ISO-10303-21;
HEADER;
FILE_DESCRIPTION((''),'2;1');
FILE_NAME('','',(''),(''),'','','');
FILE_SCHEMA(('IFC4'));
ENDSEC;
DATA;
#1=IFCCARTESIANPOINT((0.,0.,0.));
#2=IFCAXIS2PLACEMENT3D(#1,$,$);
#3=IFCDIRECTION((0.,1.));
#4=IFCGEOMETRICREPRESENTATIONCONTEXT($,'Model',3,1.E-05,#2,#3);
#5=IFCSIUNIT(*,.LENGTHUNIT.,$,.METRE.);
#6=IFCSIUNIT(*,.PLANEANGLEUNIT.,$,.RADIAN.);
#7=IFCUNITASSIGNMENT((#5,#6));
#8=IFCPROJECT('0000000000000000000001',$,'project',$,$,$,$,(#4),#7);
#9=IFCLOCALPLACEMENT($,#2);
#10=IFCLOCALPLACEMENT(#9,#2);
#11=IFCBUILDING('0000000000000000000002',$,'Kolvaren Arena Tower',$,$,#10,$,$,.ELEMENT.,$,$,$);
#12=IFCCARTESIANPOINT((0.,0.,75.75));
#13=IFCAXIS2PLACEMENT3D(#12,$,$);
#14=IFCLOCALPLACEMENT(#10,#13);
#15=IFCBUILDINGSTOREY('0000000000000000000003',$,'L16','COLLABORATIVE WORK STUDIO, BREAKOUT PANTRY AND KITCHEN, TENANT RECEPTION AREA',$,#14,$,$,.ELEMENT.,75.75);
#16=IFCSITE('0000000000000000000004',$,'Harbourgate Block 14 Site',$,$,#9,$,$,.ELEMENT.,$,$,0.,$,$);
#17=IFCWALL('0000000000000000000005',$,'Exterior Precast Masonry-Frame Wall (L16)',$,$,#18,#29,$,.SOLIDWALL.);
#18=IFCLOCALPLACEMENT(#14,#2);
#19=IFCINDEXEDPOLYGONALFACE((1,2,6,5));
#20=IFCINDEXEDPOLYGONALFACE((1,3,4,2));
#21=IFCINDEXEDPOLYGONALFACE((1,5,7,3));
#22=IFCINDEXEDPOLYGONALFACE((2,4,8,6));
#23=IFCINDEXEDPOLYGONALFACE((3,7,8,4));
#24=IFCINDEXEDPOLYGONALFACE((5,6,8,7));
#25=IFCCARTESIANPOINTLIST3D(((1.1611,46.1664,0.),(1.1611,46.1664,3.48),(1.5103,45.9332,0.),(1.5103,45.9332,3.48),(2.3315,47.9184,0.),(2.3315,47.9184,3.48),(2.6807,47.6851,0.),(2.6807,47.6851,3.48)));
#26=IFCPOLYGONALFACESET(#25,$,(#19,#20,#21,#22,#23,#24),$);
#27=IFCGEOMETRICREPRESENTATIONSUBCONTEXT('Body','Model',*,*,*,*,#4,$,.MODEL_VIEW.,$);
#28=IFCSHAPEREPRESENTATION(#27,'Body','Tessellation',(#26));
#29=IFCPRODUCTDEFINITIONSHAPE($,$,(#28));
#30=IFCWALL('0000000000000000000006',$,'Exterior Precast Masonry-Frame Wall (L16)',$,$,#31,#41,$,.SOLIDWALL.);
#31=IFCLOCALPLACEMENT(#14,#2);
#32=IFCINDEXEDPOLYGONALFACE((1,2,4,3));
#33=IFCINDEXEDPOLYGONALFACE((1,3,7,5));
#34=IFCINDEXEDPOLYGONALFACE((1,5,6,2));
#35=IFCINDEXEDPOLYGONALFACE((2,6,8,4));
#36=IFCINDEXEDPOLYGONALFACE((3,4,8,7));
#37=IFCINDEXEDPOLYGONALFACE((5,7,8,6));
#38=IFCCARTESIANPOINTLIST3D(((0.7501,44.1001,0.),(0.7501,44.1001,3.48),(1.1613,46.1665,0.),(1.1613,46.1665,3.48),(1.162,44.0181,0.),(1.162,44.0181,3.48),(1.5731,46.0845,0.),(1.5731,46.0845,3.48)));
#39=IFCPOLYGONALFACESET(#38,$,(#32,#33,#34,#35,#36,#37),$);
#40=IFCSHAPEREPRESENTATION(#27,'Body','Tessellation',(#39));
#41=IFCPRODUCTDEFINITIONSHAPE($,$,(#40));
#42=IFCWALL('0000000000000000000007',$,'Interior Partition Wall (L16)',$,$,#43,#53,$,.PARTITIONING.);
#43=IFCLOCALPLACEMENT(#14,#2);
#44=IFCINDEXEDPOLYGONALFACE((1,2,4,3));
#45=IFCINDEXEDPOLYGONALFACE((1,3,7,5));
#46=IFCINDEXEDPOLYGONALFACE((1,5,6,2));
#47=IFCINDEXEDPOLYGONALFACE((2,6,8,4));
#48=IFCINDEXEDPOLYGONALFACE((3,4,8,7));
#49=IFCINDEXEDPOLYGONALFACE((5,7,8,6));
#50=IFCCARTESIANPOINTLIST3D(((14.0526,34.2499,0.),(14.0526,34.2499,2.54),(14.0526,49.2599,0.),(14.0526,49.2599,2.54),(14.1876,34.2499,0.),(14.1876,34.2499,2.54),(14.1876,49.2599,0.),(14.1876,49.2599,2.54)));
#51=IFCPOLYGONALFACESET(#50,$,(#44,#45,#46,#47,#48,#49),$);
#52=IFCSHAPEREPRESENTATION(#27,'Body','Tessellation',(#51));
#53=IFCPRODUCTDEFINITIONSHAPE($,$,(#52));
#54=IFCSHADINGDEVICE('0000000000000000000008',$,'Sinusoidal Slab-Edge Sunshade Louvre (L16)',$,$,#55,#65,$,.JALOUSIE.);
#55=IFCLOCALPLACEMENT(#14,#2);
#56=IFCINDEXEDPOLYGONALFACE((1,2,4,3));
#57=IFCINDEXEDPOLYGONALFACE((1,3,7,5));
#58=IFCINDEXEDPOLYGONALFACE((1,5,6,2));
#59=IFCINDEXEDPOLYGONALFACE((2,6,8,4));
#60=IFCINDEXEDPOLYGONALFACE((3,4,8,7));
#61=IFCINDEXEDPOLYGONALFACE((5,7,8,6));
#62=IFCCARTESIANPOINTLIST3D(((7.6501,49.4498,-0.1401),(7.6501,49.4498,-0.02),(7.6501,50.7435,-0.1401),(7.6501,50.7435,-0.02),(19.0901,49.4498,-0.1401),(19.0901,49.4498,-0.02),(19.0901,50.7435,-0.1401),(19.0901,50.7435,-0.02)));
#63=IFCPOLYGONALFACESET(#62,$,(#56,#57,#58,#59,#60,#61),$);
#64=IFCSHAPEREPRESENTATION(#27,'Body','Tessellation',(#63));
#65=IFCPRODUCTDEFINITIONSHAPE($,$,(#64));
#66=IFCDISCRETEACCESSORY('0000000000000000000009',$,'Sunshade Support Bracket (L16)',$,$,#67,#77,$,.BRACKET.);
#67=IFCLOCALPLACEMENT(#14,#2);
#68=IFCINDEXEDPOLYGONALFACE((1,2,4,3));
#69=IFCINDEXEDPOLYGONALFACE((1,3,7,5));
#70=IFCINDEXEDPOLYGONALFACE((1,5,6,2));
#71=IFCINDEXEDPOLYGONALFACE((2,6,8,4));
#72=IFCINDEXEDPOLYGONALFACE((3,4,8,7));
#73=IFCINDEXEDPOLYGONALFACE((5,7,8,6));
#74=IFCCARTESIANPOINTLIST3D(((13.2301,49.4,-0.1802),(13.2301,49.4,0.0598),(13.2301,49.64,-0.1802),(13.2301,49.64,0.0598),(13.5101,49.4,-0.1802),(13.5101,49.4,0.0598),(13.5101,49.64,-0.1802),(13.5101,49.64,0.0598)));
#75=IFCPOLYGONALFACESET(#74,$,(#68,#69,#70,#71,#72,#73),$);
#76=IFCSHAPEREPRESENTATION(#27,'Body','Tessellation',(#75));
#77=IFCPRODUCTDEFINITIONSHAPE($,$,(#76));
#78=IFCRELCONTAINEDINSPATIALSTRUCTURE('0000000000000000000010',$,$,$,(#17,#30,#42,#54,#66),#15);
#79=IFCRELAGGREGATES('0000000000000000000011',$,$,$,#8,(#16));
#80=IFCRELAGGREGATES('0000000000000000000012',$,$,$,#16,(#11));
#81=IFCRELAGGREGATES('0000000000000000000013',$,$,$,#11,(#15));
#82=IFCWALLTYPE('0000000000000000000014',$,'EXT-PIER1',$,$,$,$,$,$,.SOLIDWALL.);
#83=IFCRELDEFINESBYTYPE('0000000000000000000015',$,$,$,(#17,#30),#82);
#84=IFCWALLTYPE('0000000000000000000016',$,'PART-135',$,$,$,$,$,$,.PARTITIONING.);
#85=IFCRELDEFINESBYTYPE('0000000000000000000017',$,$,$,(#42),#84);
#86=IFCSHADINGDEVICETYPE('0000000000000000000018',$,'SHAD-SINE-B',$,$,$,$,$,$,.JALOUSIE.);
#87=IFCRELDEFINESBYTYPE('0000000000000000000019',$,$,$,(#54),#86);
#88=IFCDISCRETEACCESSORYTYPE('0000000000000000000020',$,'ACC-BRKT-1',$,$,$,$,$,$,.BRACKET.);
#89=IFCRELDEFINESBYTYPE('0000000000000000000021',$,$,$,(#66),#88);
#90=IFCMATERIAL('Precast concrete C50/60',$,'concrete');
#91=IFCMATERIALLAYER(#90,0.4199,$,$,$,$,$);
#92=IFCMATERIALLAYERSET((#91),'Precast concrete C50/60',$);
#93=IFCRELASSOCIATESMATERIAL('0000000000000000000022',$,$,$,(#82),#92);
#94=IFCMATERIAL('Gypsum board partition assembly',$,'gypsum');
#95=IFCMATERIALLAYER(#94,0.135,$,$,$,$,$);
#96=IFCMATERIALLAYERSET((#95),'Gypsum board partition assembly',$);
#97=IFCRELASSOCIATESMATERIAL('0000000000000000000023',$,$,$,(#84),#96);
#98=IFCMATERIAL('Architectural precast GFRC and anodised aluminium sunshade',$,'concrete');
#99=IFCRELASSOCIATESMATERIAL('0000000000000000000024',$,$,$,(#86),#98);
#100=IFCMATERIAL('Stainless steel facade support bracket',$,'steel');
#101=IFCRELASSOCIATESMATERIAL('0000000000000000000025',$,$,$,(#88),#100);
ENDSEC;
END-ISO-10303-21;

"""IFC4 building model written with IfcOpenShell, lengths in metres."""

from ifc_helpers import new_model, si_unit, direction, frame, frame_2d, origin, origin_2d, place, context, subcontext, project, spatial, rectangle, extrude, material, layer, layer_set, type_object, element, save


model = new_model("IFC4")

# Units and contexts
model_context = context("Model", 3, precision=1e-05, world=origin(), true_north=direction((0.0, 1.0)))
body_context = subcontext(model_context, "Body", "Model", "MODEL_VIEW")
ifc_project = project(units=[si_unit("LENGTHUNIT", "METRE"), si_unit("PLANEANGLEUNIT", "RADIAN")], contexts=[model_context])

# Site, building, storey
site_placement = place(None, origin())
site = spatial("IfcSite", under=ifc_project, at=site_placement, Name="Harbourgate Block 14 Site", CompositionType="ELEMENT", RefElevation=0.0)
building_placement = place(site_placement, origin())
building = spatial("IfcBuilding", under=site, at=building_placement, Name="Kolvaren Arena Tower", CompositionType="ELEMENT")
storey_placement = place(building_placement, frame((0.0, 0.0, 75.75)))
storey = spatial("IfcBuildingStorey", under=building, at=storey_placement, Name="L16", Description="COLLABORATIVE WORK STUDIO, BREAKOUT PANTRY AND KITCHEN, TENANT RECEPTION AREA", CompositionType="ELEMENT", Elevation=75.75)

# Shared definitions
ifc_material_1 = material(Name="Precast concrete C50/60", Category="concrete")
ifc_layer_1 = layer(ifc_material_1, 0.4199)
ifc_layer_set_1 = layer_set([ifc_layer_1], Name="Precast concrete C50/60")
wall_type_1 = type_object("IfcWallType", Name="EXT-PIER1", PredefinedType="SOLIDWALL", material=ifc_layer_set_1)

# Walls
for number, where, z_axis, x_axis, name in (
    (1, (1.3357, 46.0498, 0.0), (0.0, 0.0, 1.0), (0.555502, 0.831515, 0.0), "Exterior Precast Masonry-Frame Wall (L16)"),
    (2, (0.9561, 44.0591, 0.0), (0.0, 0.0, 1.0), (0.195136, 0.980776, 0.0), "Exterior Precast Masonry-Frame Wall (L16)"),
):
    element("IfcWall", number, at=place(storey_placement, frame(where, z_axis=z_axis, x_axis=x_axis)), inside=storey, type_object=wall_type_1, Name=name, PredefinedType="SOLIDWALL", context=body_context, shape_type="SweptSolid", body=[
        extrude(rectangle(XDim=2.1069, YDim=0.4199, at=frame_2d((1.0535, 0.0))), origin(), (0.0, 0.0, 1.0), 3.48),
    ])
ifc_material_2 = material(Name="Gypsum board partition assembly", Category="gypsum")
ifc_layer_2 = layer(ifc_material_2, 0.135)
ifc_layer_set_2 = layer_set([ifc_layer_2], Name="Gypsum board partition assembly")
wall_type_2 = type_object("IfcWallType", Name="PART-135", PredefinedType="PARTITIONING", material=ifc_layer_set_2)
wall_1_placement = place(storey_placement, frame((14.1201, 34.25, 0.0), z_axis=(0.0, 0.0, 1.0), x_axis=(0.0, 1.0, 0.0)))
element("IfcWall", 3, at=wall_1_placement, inside=storey, type_object=wall_type_2, Name="Interior Partition Wall (L16)", PredefinedType="PARTITIONING", context=body_context, shape_type="SweptSolid", body=[
    extrude(rectangle(XDim=15.01, YDim=0.135, at=frame_2d((7.5049, 0.0))), origin(), (0.0, 0.0, 1.0), 2.54),
])

# Shading device
ifc_material_3 = material(Name="Architectural precast GFRC and anodised aluminium sunshade", Category="concrete")
shading_device_type = type_object("IfcShadingDeviceType", Name="SHAD-SINE-B", PredefinedType="JALOUSIE", material=ifc_material_3)
shading_device_placement = place(storey_placement, frame((13.3701, 50.0967, -0.1401), z_axis=(0.0, 0.0, 1.0), x_axis=(1.0, 0.0, 0.0)))
element("IfcShadingDevice", 4, at=shading_device_placement, inside=storey, type_object=shading_device_type, Name="Sinusoidal Slab-Edge Sunshade Louvre (L16)", PredefinedType="JALOUSIE", context=body_context, shape_type="SweptSolid", body=[
    extrude(rectangle(XDim=11.4399, YDim=1.2937, at=origin_2d()), origin(), (0.0, 0.0, 1.0), 0.1201),
])

# Discrete accessory
ifc_material_4 = material(Name="Stainless steel facade support bracket", Category="steel")
discrete_accessory_type = type_object("IfcDiscreteAccessoryType", Name="ACC-BRKT-1", PredefinedType="BRACKET", material=ifc_material_4)
discrete_accessory_placement = place(storey_placement, frame((13.3701, 49.52, -0.1802), z_axis=(0.0, 0.0, 1.0), x_axis=(1.0, 0.0, 0.0)))
element("IfcDiscreteAccessory", 5, at=discrete_accessory_placement, inside=storey, type_object=discrete_accessory_type, Name="Sunshade Support Bracket (L16)", PredefinedType="BRACKET", context=body_context, shape_type="SweptSolid", body=[
    extrude(rectangle(XDim=0.28, YDim=0.24, at=origin_2d()), origin(), (0.0, 0.0, 1.0), 0.24),
])

save(model, "model.ifc")
